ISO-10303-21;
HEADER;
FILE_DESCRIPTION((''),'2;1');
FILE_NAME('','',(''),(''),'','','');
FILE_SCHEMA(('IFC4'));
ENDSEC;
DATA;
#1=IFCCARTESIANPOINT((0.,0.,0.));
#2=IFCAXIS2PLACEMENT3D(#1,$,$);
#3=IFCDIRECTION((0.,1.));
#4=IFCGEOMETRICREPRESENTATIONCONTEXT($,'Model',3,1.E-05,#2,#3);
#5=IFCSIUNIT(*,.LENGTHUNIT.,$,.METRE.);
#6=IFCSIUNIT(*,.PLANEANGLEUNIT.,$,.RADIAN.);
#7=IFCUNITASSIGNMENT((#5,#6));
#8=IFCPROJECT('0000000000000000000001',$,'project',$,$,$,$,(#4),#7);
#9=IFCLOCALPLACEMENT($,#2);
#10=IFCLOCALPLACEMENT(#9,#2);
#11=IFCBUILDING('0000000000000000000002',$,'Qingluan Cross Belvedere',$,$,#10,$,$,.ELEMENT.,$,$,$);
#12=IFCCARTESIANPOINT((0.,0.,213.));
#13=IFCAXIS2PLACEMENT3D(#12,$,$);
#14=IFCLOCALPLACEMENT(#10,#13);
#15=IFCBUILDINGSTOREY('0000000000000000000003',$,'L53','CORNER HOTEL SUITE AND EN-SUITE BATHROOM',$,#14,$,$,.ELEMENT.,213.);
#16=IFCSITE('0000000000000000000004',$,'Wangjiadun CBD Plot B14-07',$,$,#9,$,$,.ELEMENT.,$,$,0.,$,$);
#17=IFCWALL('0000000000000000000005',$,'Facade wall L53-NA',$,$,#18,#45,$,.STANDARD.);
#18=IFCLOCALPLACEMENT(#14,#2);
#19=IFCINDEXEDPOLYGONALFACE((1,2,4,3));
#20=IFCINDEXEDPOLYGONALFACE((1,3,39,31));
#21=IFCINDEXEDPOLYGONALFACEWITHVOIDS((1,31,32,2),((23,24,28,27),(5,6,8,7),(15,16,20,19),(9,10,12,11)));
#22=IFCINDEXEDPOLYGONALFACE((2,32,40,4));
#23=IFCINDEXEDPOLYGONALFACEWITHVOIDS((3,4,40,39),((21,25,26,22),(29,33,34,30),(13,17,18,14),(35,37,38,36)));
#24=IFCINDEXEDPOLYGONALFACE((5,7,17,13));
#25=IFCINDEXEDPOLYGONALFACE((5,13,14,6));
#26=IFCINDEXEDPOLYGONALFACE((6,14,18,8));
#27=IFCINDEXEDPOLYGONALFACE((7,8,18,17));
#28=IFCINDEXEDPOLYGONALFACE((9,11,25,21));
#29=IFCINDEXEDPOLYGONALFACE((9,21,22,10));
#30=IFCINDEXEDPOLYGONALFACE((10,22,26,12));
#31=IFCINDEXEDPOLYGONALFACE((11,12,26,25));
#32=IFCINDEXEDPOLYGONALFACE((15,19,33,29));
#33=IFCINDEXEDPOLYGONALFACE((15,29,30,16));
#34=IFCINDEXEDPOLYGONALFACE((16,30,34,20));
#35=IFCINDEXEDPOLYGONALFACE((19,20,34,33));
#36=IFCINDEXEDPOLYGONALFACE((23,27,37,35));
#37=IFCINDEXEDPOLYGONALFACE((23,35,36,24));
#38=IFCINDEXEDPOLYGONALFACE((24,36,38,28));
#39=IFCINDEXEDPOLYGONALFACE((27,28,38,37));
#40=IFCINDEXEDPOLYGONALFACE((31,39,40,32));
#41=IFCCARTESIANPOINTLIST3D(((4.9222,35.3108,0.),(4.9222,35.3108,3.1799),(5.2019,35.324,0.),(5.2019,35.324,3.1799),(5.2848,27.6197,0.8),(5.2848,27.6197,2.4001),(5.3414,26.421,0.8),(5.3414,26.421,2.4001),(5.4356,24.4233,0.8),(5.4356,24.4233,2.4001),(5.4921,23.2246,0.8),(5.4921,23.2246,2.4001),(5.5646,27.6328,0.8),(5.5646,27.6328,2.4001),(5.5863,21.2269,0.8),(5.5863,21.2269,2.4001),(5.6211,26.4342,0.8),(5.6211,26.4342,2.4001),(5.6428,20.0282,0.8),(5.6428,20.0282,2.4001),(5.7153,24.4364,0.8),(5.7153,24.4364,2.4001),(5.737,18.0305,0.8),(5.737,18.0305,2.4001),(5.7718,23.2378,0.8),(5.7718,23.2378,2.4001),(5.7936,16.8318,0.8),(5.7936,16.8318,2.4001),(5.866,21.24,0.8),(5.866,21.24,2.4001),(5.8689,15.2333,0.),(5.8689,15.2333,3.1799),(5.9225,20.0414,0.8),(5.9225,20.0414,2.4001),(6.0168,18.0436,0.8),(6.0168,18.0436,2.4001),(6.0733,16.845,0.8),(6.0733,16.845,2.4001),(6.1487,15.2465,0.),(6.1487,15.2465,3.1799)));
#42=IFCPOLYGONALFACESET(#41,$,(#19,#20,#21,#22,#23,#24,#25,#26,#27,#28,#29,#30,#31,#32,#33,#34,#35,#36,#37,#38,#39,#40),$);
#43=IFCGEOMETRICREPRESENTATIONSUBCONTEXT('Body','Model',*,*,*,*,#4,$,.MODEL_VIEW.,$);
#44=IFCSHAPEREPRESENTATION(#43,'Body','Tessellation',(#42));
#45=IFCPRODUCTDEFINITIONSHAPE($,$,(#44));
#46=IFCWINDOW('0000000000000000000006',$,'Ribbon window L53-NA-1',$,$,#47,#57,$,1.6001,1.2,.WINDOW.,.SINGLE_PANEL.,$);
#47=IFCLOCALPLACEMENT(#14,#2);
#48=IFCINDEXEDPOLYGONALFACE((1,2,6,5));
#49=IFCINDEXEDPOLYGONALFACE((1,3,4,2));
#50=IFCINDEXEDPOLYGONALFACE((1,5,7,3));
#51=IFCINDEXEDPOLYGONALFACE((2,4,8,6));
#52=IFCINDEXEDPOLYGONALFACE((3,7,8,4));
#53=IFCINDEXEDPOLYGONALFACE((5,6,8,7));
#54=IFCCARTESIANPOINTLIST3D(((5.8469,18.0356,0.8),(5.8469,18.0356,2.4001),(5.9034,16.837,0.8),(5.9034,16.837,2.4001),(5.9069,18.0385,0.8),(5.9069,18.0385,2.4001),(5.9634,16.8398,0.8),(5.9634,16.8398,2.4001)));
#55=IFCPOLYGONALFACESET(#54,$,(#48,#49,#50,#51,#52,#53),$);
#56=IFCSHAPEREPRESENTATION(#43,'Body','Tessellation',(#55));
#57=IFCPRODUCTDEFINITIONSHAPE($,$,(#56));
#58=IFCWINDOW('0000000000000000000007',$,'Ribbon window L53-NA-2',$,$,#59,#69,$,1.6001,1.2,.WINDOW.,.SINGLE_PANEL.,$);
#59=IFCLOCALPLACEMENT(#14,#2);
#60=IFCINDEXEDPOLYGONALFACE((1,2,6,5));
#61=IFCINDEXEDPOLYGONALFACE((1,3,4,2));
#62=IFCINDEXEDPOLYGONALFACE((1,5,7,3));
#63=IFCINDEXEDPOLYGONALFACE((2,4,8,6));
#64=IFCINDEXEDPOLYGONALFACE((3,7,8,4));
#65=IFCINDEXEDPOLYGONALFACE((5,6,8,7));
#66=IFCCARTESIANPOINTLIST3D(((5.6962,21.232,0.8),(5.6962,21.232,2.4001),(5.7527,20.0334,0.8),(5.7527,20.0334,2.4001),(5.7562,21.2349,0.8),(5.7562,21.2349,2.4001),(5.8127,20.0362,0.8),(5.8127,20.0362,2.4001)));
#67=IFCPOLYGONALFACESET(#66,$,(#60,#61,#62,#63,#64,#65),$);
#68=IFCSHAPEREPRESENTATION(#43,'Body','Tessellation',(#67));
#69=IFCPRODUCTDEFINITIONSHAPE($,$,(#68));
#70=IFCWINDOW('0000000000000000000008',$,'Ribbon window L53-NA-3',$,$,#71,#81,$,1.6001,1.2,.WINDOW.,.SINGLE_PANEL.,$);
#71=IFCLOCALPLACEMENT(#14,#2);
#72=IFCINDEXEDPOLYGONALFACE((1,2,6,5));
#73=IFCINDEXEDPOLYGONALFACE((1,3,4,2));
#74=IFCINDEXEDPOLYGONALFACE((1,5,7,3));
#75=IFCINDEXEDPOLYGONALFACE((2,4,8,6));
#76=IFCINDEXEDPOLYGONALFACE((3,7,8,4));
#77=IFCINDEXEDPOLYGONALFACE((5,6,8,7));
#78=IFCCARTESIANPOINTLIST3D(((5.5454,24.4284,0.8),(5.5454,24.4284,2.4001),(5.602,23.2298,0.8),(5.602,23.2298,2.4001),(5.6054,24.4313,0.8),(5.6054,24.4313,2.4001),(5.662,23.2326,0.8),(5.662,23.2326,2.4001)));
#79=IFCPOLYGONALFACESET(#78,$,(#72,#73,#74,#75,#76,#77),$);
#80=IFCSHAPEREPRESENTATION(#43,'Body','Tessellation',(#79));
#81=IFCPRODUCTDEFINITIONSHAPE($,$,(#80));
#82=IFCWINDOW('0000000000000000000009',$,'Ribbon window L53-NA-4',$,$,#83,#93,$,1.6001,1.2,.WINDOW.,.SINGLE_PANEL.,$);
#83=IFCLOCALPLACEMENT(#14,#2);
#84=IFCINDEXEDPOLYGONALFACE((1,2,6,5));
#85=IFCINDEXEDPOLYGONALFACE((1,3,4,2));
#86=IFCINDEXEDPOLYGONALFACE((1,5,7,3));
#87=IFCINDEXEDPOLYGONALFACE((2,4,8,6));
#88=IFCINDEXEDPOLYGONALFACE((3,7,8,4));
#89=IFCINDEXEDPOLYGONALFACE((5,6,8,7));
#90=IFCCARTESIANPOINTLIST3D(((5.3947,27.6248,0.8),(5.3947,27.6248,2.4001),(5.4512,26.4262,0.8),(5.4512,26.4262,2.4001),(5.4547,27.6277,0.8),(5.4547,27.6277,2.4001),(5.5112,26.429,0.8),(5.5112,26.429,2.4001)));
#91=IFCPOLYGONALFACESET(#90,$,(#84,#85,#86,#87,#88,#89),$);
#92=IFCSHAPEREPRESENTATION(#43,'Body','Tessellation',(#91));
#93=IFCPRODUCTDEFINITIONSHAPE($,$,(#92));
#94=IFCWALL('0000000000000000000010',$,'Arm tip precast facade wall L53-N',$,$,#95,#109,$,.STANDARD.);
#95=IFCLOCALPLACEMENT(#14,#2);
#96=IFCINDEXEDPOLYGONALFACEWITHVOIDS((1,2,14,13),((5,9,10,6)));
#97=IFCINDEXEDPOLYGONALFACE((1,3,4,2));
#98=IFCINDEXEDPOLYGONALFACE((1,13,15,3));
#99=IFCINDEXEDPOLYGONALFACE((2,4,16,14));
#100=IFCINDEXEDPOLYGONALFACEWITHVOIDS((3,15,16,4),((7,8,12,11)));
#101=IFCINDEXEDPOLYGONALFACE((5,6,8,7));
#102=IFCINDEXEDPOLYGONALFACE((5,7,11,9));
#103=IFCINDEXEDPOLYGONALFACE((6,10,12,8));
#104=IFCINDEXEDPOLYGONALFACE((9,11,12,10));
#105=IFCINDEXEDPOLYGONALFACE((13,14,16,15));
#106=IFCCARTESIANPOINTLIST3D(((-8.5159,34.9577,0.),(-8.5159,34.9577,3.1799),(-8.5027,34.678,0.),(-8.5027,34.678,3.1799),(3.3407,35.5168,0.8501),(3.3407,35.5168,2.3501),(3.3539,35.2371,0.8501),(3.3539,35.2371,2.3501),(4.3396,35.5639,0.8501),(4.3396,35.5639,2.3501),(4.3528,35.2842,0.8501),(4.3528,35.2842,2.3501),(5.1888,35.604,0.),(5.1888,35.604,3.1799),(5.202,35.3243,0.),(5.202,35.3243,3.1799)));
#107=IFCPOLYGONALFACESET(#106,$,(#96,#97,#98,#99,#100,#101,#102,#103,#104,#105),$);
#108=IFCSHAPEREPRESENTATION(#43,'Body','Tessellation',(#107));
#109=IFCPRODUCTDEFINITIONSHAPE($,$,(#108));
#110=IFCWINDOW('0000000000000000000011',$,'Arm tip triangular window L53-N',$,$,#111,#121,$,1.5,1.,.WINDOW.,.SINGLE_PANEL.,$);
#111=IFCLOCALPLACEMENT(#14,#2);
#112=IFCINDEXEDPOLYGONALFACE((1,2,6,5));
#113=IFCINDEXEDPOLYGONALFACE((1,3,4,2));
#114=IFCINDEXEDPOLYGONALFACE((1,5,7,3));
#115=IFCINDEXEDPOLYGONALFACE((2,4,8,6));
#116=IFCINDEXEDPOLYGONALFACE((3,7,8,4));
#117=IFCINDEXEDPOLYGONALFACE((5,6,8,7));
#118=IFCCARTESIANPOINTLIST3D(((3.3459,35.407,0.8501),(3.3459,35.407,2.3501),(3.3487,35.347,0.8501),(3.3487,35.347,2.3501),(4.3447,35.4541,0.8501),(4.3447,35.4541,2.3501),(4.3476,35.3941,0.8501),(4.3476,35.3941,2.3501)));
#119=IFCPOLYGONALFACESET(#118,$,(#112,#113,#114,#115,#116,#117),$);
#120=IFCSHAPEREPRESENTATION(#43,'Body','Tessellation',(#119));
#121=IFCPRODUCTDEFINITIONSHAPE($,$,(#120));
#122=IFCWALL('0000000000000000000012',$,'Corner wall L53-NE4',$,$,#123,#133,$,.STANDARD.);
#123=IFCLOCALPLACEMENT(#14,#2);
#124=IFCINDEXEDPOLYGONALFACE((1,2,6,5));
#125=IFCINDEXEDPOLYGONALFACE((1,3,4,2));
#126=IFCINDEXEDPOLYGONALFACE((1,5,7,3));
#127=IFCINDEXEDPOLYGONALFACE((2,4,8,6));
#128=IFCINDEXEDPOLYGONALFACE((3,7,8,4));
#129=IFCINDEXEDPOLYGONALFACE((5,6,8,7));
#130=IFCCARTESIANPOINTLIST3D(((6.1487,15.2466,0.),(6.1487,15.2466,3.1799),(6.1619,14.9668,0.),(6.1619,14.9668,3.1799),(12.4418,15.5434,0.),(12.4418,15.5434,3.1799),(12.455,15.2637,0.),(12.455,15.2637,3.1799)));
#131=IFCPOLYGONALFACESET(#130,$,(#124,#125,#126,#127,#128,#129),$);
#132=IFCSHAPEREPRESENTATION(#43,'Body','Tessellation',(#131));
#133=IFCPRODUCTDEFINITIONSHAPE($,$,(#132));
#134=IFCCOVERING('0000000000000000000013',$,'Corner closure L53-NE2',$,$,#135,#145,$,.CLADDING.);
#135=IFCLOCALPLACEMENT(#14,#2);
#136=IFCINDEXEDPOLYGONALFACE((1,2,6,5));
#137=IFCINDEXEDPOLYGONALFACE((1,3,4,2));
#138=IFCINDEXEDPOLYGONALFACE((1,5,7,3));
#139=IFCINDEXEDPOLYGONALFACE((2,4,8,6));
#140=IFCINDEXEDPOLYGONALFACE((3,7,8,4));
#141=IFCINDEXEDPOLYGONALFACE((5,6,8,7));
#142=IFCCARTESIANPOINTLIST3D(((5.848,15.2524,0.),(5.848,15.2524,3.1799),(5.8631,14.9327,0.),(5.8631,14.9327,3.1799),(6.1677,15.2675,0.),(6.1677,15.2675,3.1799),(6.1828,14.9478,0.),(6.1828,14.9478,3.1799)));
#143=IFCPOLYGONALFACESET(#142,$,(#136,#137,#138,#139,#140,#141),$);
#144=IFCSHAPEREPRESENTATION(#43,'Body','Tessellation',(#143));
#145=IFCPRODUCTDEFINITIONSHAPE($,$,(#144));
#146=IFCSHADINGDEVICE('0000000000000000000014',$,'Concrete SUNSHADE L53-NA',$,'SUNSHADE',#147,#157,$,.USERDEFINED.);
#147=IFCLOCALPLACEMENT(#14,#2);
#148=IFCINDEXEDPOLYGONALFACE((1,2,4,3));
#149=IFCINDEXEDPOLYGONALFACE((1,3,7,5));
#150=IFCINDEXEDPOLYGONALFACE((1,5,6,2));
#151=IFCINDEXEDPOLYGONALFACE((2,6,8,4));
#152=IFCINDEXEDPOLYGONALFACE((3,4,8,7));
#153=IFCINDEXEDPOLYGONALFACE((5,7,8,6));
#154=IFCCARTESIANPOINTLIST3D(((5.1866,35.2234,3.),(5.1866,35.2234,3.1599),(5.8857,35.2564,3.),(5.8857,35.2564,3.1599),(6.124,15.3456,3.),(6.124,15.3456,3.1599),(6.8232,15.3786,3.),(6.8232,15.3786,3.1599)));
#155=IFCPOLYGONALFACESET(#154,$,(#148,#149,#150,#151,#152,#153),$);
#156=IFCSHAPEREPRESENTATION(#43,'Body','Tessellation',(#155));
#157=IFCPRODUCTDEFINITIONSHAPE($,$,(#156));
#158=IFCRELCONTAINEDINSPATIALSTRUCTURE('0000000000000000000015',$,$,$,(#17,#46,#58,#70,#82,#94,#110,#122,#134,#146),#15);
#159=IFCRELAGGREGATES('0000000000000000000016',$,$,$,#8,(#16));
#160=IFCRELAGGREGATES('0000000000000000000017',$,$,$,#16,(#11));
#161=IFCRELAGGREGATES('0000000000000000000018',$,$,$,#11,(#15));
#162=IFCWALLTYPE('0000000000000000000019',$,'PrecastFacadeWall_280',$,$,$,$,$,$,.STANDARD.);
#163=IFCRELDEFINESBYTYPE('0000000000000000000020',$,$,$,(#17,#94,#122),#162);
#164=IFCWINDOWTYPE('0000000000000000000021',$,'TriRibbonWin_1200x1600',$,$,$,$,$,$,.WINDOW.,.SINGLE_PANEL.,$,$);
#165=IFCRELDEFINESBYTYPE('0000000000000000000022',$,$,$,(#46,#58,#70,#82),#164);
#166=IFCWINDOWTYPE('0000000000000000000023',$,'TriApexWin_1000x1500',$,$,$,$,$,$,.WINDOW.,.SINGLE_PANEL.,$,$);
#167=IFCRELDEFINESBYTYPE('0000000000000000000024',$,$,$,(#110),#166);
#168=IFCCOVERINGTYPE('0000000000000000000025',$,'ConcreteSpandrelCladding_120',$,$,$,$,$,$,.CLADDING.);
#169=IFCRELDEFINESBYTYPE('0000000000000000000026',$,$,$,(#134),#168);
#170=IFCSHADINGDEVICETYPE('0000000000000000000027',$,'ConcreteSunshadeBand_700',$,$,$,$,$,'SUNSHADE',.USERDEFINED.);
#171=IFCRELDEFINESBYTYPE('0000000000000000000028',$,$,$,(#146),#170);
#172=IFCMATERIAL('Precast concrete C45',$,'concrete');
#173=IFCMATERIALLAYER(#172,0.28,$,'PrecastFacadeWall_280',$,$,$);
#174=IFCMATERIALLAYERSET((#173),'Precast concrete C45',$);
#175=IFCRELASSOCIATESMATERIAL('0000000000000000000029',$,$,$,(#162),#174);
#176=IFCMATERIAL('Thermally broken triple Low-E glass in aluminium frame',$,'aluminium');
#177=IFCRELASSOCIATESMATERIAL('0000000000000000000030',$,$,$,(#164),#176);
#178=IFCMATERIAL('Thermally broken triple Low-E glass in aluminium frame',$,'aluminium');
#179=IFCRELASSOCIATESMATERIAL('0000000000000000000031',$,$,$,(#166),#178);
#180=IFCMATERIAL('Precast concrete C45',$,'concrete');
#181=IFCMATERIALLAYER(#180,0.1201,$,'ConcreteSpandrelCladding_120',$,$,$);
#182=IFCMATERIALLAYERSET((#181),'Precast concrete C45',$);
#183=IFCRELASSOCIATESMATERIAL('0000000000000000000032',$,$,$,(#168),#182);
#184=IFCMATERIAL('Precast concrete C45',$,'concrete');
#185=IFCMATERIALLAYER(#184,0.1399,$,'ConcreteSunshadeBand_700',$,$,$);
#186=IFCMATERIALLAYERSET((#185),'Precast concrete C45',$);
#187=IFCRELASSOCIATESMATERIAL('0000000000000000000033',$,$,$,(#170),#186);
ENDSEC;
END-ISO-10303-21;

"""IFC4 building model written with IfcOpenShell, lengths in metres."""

from ifc_helpers import new_model, si_unit, direction, frame, frame_2d, origin, origin_2d, place, context, subcontext, project, spatial, rectangle, extrude, material, layer, layer_set, type_object, element, fill, save


model = new_model("IFC4")

# Units and contexts
model_context = context("Model", 3, precision=1e-05, world=origin(), true_north=direction((0.0, 1.0)))
body_context = subcontext(model_context, "Body", "Model", "MODEL_VIEW")
ifc_project = project(units=[si_unit("LENGTHUNIT", "METRE"), si_unit("PLANEANGLEUNIT", "RADIAN")], contexts=[model_context])

# Site, building, storey
site_placement = place(None, origin())
site = spatial("IfcSite", under=ifc_project, at=site_placement, Name="Wangjiadun CBD Plot B14-07", CompositionType="ELEMENT", RefElevation=0.0)
building_placement = place(site_placement, origin())
building = spatial("IfcBuilding", under=site, at=building_placement, Name="Qingluan Cross Belvedere", CompositionType="ELEMENT")
storey_placement = place(building_placement, frame((0.0, 0.0, 213.0)))
storey = spatial("IfcBuildingStorey", under=building, at=storey_placement, Name="L53", Description="CORNER HOTEL SUITE AND EN-SUITE BATHROOM", CompositionType="ELEMENT", Elevation=213.0)

# Wall, openings, windows
ifc_material_1 = material(Name="Precast concrete C45", Category="concrete")
ifc_layer_1 = layer(ifc_material_1, 0.28, Name="PrecastFacadeWall_280")
ifc_layer_set_1 = layer_set([ifc_layer_1], Name="Precast concrete C45")
wall_type_1 = type_object("IfcWallType", Name="PrecastFacadeWall_280", PredefinedType="STANDARD", material=ifc_layer_set_1)
wall_1_placement = place(storey_placement, frame((6.0088, 15.24, 0.0), z_axis=(0.0, 0.0, 1.0), x_axis=(-0.047103, 0.99889, 0.0)))
wall_1 = element("IfcWall", 1, at=wall_1_placement, inside=storey, type_object=wall_type_1, Name="Facade wall L53-NA", PredefinedType="STANDARD", context=body_context, shape_type="SweptSolid", body=[
    extrude(rectangle(XDim=20.0999, YDim=0.28, at=frame_2d((10.0498, 0.0))), origin(), (0.0, 0.0, 1.0), 3.1799),
])
opening_1_placement = place(wall_1_placement, frame((1.6001, 0.0, 0.8)))
opening_1 = element("IfcOpeningElement", 2, at=opening_1_placement, cuts=wall_1, PredefinedType="OPENING", context=body_context, shape_type="SweptSolid", body=[
    extrude(rectangle(XDim=1.2, YDim=1.6001, at=frame_2d((0.6001, 0.8))), frame((0.0, 0.1499, 0.0), z_axis=(0.0, -1.0, 0.0), x_axis=(1.0, 0.0, 0.0)), (0.0, 0.0, 1.0), 0.3),
])
opening_2_placement = place(wall_1_placement, frame((4.8, 0.0, 0.8)))
opening_2 = element("IfcOpeningElement", 3, at=opening_2_placement, cuts=wall_1, PredefinedType="OPENING", context=body_context, shape_type="SweptSolid", body=[
    extrude(rectangle(XDim=1.2, YDim=1.6001, at=frame_2d((0.6001, 0.8))), frame((0.0, 0.1499, 0.0), z_axis=(0.0, -1.0, 0.0), x_axis=(1.0, 0.0, 0.0)), (0.0, 0.0, 1.0), 0.3),
])
opening_3_placement = place(wall_1_placement, frame((8.0, 0.0, 0.8)))
opening_3 = element("IfcOpeningElement", 4, at=opening_3_placement, cuts=wall_1, PredefinedType="OPENING", context=body_context, shape_type="SweptSolid", body=[
    extrude(rectangle(XDim=1.2, YDim=1.6001, at=frame_2d((0.6001, 0.8))), frame((0.0, 0.1499, 0.0), z_axis=(0.0, -1.0, 0.0), x_axis=(1.0, 0.0, 0.0)), (0.0, 0.0, 1.0), 0.3),
])
opening_4_placement = place(wall_1_placement, frame((11.2, 0.0, 0.8)))
opening_4 = element("IfcOpeningElement", 5, at=opening_4_placement, cuts=wall_1, PredefinedType="OPENING", context=body_context, shape_type="SweptSolid", body=[
    extrude(rectangle(XDim=1.2, YDim=1.6001, at=frame_2d((0.6001, 0.8))), frame((0.0, 0.1499, 0.0), z_axis=(0.0, -1.0, 0.0), x_axis=(1.0, 0.0, 0.0)), (0.0, 0.0, 1.0), 0.3),
])
ifc_material_2 = material(Name="Thermally broken triple Low-E glass in aluminium frame", Category="aluminium")
window_type_1 = type_object("IfcWindowType", Name="TriRibbonWin_1200x1600", PartitioningType="SINGLE_PANEL", PredefinedType="WINDOW", material=ifc_material_2)
window_1_placement = place(opening_1_placement, origin())
window_1 = element("IfcWindow", 6, at=window_1_placement, inside=storey, type_object=window_type_1, Name="Ribbon window L53-NA-1", OverallHeight=1.6001, OverallWidth=1.2, PartitioningType="SINGLE_PANEL", PredefinedType="WINDOW", context=body_context, shape_type="SweptSolid", body=[
    extrude(rectangle(XDim=1.2, YDim=1.6001, at=frame_2d((0.6001, 0.8))), frame((0.0, 0.03, 0.0), z_axis=(0.0, -1.0, 0.0), x_axis=(1.0, 0.0, 0.0)), (0.0, 0.0, 1.0), 0.0601),
])
fill(opening_1, window_1)
window_2_placement = place(opening_2_placement, origin())
window_2 = element("IfcWindow", 7, at=window_2_placement, inside=storey, type_object=window_type_1, Name="Ribbon window L53-NA-2", OverallHeight=1.6001, OverallWidth=1.2, PartitioningType="SINGLE_PANEL", PredefinedType="WINDOW", context=body_context, shape_type="SweptSolid", body=[
    extrude(rectangle(XDim=1.2, YDim=1.6001, at=frame_2d((0.6001, 0.8))), frame((0.0, 0.03, 0.0), z_axis=(0.0, -1.0, 0.0), x_axis=(1.0, 0.0, 0.0)), (0.0, 0.0, 1.0), 0.0601),
])
fill(opening_2, window_2)
window_3_placement = place(opening_3_placement, origin())
window_3 = element("IfcWindow", 8, at=window_3_placement, inside=storey, type_object=window_type_1, Name="Ribbon window L53-NA-3", OverallHeight=1.6001, OverallWidth=1.2, PartitioningType="SINGLE_PANEL", PredefinedType="WINDOW", context=body_context, shape_type="SweptSolid", body=[
    extrude(rectangle(XDim=1.2, YDim=1.6001, at=frame_2d((0.6001, 0.8))), frame((0.0, 0.03, 0.0), z_axis=(0.0, -1.0, 0.0), x_axis=(1.0, 0.0, 0.0)), (0.0, 0.0, 1.0), 0.0601),
])
fill(opening_3, window_3)
window_4_placement = place(opening_4_placement, origin())
window_4 = element("IfcWindow", 9, at=window_4_placement, inside=storey, type_object=window_type_1, Name="Ribbon window L53-NA-4", OverallHeight=1.6001, OverallWidth=1.2, PartitioningType="SINGLE_PANEL", PredefinedType="WINDOW", context=body_context, shape_type="SweptSolid", body=[
    extrude(rectangle(XDim=1.2, YDim=1.6001, at=frame_2d((0.6001, 0.8))), frame((0.0, 0.03, 0.0), z_axis=(0.0, -1.0, 0.0), x_axis=(1.0, 0.0, 0.0)), (0.0, 0.0, 1.0), 0.0601),
])
fill(opening_4, window_4)

# Wall, opening, window
wall_2_placement = place(storey_placement, frame((5.1953, 35.4641, 0.0), z_axis=(0.0, 0.0, 1.0), x_axis=(-0.99889, -0.047102, 0.0)))
wall_2 = element("IfcWall", 10, at=wall_2_placement, inside=storey, type_object=wall_type_1, Name="Arm tip precast facade wall L53-N", PredefinedType="STANDARD", context=body_context, shape_type="SweptSolid", body=[
    extrude(rectangle(XDim=13.72, YDim=0.28, at=frame_2d((6.8599, 0.0))), origin(), (0.0, 0.0, 1.0), 3.1799),
])
opening_5_placement = place(wall_2_placement, frame((0.8501, 0.0, 0.8501)))
opening_5 = element("IfcOpeningElement", 11, at=opening_5_placement, cuts=wall_2, PredefinedType="OPENING", context=body_context, shape_type="SweptSolid", body=[
    extrude(rectangle(XDim=1.0, YDim=1.5, at=frame_2d((0.5, 0.75))), frame((0.0, 0.1499, 0.0), z_axis=(0.0, -1.0, 0.0), x_axis=(1.0, 0.0, 0.0)), (0.0, 0.0, 1.0), 0.3),
])
ifc_material_3 = material(Name="Thermally broken triple Low-E glass in aluminium frame", Category="aluminium")
window_type_2 = type_object("IfcWindowType", Name="TriApexWin_1000x1500", PartitioningType="SINGLE_PANEL", PredefinedType="WINDOW", material=ifc_material_3)
window_5_placement = place(opening_5_placement, origin())
window_5 = element("IfcWindow", 12, at=window_5_placement, inside=storey, type_object=window_type_2, Name="Arm tip triangular window L53-N", OverallHeight=1.5, OverallWidth=1.0, PartitioningType="SINGLE_PANEL", PredefinedType="WINDOW", context=body_context, shape_type="SweptSolid", body=[
    extrude(rectangle(XDim=1.0, YDim=1.5, at=frame_2d((0.5, 0.75))), frame((0.0, 0.03, 0.0), z_axis=(0.0, -1.0, 0.0), x_axis=(1.0, 0.0, 0.0)), (0.0, 0.0, 1.0), 0.0601),
])
fill(opening_5, window_5)

# Wall
wall_3_placement = place(storey_placement, frame((12.4482, 15.4036, 0.0), z_axis=(0.0, 0.0, 1.0), x_axis=(-0.998889, -0.047123, 0.0)))
element("IfcWall", 13, at=wall_3_placement, inside=storey, type_object=wall_type_1, Name="Corner wall L53-NE4", PredefinedType="STANDARD", context=body_context, shape_type="SweptSolid", body=[
    extrude(rectangle(XDim=6.3, YDim=0.28, at=frame_2d((3.1499, 0.0))), origin(), (0.0, 0.0, 1.0), 3.1799),
])

# Covering
ifc_material_4 = material(Name="Precast concrete C45", Category="concrete")
ifc_layer_2 = layer(ifc_material_4, 0.1201, Name="ConcreteSpandrelCladding_120")
ifc_layer_set_2 = layer_set([ifc_layer_2], Name="Precast concrete C45")
covering_type = type_object("IfcCoveringType", Name="ConcreteSpandrelCladding_120", PredefinedType="CLADDING", material=ifc_layer_set_2)
covering_placement = place(storey_placement, frame((6.0154, 15.1001, 0.0), z_axis=(0.0, 0.0, 1.0), x_axis=(0.99889, 0.047106, 0.0)))
element("IfcCovering", 14, at=covering_placement, inside=storey, type_object=covering_type, Name="Corner closure L53-NE2", PredefinedType="CLADDING", context=body_context, shape_type="SweptSolid", body=[
    extrude(rectangle(XDim=0.3201, YDim=0.3201, at=origin_2d()), origin(), (0.0, 0.0, 1.0), 3.1799),
])

# Shading device
ifc_material_5 = material(Name="Precast concrete C45", Category="concrete")
ifc_layer_3 = layer(ifc_material_5, 0.1399, Name="ConcreteSunshadeBand_700")
ifc_layer_set_3 = layer_set([ifc_layer_3], Name="Precast concrete C45")
shading_device_type = type_object("IfcShadingDeviceType", Name="ConcreteSunshadeBand_700", ElementType="SUNSHADE", PredefinedType="USERDEFINED", material=ifc_layer_set_3)
shading_device_placement = place(storey_placement, frame((6.0049, 25.301, 3.0), z_axis=(0.0, 0.0, 1.0), x_axis=(-0.047109, 0.99889, 0.0)))
element("IfcShadingDevice", 15, at=shading_device_placement, inside=storey, type_object=shading_device_type, Name="Concrete SUNSHADE L53-NA", ObjectType="SUNSHADE", PredefinedType="USERDEFINED", context=body_context, shape_type="SweptSolid", body=[
    extrude(rectangle(XDim=19.8999, YDim=0.7, at=origin_2d()), origin(), (0.0, 0.0, 1.0), 0.1599),
])

save(model, "model.ifc")
